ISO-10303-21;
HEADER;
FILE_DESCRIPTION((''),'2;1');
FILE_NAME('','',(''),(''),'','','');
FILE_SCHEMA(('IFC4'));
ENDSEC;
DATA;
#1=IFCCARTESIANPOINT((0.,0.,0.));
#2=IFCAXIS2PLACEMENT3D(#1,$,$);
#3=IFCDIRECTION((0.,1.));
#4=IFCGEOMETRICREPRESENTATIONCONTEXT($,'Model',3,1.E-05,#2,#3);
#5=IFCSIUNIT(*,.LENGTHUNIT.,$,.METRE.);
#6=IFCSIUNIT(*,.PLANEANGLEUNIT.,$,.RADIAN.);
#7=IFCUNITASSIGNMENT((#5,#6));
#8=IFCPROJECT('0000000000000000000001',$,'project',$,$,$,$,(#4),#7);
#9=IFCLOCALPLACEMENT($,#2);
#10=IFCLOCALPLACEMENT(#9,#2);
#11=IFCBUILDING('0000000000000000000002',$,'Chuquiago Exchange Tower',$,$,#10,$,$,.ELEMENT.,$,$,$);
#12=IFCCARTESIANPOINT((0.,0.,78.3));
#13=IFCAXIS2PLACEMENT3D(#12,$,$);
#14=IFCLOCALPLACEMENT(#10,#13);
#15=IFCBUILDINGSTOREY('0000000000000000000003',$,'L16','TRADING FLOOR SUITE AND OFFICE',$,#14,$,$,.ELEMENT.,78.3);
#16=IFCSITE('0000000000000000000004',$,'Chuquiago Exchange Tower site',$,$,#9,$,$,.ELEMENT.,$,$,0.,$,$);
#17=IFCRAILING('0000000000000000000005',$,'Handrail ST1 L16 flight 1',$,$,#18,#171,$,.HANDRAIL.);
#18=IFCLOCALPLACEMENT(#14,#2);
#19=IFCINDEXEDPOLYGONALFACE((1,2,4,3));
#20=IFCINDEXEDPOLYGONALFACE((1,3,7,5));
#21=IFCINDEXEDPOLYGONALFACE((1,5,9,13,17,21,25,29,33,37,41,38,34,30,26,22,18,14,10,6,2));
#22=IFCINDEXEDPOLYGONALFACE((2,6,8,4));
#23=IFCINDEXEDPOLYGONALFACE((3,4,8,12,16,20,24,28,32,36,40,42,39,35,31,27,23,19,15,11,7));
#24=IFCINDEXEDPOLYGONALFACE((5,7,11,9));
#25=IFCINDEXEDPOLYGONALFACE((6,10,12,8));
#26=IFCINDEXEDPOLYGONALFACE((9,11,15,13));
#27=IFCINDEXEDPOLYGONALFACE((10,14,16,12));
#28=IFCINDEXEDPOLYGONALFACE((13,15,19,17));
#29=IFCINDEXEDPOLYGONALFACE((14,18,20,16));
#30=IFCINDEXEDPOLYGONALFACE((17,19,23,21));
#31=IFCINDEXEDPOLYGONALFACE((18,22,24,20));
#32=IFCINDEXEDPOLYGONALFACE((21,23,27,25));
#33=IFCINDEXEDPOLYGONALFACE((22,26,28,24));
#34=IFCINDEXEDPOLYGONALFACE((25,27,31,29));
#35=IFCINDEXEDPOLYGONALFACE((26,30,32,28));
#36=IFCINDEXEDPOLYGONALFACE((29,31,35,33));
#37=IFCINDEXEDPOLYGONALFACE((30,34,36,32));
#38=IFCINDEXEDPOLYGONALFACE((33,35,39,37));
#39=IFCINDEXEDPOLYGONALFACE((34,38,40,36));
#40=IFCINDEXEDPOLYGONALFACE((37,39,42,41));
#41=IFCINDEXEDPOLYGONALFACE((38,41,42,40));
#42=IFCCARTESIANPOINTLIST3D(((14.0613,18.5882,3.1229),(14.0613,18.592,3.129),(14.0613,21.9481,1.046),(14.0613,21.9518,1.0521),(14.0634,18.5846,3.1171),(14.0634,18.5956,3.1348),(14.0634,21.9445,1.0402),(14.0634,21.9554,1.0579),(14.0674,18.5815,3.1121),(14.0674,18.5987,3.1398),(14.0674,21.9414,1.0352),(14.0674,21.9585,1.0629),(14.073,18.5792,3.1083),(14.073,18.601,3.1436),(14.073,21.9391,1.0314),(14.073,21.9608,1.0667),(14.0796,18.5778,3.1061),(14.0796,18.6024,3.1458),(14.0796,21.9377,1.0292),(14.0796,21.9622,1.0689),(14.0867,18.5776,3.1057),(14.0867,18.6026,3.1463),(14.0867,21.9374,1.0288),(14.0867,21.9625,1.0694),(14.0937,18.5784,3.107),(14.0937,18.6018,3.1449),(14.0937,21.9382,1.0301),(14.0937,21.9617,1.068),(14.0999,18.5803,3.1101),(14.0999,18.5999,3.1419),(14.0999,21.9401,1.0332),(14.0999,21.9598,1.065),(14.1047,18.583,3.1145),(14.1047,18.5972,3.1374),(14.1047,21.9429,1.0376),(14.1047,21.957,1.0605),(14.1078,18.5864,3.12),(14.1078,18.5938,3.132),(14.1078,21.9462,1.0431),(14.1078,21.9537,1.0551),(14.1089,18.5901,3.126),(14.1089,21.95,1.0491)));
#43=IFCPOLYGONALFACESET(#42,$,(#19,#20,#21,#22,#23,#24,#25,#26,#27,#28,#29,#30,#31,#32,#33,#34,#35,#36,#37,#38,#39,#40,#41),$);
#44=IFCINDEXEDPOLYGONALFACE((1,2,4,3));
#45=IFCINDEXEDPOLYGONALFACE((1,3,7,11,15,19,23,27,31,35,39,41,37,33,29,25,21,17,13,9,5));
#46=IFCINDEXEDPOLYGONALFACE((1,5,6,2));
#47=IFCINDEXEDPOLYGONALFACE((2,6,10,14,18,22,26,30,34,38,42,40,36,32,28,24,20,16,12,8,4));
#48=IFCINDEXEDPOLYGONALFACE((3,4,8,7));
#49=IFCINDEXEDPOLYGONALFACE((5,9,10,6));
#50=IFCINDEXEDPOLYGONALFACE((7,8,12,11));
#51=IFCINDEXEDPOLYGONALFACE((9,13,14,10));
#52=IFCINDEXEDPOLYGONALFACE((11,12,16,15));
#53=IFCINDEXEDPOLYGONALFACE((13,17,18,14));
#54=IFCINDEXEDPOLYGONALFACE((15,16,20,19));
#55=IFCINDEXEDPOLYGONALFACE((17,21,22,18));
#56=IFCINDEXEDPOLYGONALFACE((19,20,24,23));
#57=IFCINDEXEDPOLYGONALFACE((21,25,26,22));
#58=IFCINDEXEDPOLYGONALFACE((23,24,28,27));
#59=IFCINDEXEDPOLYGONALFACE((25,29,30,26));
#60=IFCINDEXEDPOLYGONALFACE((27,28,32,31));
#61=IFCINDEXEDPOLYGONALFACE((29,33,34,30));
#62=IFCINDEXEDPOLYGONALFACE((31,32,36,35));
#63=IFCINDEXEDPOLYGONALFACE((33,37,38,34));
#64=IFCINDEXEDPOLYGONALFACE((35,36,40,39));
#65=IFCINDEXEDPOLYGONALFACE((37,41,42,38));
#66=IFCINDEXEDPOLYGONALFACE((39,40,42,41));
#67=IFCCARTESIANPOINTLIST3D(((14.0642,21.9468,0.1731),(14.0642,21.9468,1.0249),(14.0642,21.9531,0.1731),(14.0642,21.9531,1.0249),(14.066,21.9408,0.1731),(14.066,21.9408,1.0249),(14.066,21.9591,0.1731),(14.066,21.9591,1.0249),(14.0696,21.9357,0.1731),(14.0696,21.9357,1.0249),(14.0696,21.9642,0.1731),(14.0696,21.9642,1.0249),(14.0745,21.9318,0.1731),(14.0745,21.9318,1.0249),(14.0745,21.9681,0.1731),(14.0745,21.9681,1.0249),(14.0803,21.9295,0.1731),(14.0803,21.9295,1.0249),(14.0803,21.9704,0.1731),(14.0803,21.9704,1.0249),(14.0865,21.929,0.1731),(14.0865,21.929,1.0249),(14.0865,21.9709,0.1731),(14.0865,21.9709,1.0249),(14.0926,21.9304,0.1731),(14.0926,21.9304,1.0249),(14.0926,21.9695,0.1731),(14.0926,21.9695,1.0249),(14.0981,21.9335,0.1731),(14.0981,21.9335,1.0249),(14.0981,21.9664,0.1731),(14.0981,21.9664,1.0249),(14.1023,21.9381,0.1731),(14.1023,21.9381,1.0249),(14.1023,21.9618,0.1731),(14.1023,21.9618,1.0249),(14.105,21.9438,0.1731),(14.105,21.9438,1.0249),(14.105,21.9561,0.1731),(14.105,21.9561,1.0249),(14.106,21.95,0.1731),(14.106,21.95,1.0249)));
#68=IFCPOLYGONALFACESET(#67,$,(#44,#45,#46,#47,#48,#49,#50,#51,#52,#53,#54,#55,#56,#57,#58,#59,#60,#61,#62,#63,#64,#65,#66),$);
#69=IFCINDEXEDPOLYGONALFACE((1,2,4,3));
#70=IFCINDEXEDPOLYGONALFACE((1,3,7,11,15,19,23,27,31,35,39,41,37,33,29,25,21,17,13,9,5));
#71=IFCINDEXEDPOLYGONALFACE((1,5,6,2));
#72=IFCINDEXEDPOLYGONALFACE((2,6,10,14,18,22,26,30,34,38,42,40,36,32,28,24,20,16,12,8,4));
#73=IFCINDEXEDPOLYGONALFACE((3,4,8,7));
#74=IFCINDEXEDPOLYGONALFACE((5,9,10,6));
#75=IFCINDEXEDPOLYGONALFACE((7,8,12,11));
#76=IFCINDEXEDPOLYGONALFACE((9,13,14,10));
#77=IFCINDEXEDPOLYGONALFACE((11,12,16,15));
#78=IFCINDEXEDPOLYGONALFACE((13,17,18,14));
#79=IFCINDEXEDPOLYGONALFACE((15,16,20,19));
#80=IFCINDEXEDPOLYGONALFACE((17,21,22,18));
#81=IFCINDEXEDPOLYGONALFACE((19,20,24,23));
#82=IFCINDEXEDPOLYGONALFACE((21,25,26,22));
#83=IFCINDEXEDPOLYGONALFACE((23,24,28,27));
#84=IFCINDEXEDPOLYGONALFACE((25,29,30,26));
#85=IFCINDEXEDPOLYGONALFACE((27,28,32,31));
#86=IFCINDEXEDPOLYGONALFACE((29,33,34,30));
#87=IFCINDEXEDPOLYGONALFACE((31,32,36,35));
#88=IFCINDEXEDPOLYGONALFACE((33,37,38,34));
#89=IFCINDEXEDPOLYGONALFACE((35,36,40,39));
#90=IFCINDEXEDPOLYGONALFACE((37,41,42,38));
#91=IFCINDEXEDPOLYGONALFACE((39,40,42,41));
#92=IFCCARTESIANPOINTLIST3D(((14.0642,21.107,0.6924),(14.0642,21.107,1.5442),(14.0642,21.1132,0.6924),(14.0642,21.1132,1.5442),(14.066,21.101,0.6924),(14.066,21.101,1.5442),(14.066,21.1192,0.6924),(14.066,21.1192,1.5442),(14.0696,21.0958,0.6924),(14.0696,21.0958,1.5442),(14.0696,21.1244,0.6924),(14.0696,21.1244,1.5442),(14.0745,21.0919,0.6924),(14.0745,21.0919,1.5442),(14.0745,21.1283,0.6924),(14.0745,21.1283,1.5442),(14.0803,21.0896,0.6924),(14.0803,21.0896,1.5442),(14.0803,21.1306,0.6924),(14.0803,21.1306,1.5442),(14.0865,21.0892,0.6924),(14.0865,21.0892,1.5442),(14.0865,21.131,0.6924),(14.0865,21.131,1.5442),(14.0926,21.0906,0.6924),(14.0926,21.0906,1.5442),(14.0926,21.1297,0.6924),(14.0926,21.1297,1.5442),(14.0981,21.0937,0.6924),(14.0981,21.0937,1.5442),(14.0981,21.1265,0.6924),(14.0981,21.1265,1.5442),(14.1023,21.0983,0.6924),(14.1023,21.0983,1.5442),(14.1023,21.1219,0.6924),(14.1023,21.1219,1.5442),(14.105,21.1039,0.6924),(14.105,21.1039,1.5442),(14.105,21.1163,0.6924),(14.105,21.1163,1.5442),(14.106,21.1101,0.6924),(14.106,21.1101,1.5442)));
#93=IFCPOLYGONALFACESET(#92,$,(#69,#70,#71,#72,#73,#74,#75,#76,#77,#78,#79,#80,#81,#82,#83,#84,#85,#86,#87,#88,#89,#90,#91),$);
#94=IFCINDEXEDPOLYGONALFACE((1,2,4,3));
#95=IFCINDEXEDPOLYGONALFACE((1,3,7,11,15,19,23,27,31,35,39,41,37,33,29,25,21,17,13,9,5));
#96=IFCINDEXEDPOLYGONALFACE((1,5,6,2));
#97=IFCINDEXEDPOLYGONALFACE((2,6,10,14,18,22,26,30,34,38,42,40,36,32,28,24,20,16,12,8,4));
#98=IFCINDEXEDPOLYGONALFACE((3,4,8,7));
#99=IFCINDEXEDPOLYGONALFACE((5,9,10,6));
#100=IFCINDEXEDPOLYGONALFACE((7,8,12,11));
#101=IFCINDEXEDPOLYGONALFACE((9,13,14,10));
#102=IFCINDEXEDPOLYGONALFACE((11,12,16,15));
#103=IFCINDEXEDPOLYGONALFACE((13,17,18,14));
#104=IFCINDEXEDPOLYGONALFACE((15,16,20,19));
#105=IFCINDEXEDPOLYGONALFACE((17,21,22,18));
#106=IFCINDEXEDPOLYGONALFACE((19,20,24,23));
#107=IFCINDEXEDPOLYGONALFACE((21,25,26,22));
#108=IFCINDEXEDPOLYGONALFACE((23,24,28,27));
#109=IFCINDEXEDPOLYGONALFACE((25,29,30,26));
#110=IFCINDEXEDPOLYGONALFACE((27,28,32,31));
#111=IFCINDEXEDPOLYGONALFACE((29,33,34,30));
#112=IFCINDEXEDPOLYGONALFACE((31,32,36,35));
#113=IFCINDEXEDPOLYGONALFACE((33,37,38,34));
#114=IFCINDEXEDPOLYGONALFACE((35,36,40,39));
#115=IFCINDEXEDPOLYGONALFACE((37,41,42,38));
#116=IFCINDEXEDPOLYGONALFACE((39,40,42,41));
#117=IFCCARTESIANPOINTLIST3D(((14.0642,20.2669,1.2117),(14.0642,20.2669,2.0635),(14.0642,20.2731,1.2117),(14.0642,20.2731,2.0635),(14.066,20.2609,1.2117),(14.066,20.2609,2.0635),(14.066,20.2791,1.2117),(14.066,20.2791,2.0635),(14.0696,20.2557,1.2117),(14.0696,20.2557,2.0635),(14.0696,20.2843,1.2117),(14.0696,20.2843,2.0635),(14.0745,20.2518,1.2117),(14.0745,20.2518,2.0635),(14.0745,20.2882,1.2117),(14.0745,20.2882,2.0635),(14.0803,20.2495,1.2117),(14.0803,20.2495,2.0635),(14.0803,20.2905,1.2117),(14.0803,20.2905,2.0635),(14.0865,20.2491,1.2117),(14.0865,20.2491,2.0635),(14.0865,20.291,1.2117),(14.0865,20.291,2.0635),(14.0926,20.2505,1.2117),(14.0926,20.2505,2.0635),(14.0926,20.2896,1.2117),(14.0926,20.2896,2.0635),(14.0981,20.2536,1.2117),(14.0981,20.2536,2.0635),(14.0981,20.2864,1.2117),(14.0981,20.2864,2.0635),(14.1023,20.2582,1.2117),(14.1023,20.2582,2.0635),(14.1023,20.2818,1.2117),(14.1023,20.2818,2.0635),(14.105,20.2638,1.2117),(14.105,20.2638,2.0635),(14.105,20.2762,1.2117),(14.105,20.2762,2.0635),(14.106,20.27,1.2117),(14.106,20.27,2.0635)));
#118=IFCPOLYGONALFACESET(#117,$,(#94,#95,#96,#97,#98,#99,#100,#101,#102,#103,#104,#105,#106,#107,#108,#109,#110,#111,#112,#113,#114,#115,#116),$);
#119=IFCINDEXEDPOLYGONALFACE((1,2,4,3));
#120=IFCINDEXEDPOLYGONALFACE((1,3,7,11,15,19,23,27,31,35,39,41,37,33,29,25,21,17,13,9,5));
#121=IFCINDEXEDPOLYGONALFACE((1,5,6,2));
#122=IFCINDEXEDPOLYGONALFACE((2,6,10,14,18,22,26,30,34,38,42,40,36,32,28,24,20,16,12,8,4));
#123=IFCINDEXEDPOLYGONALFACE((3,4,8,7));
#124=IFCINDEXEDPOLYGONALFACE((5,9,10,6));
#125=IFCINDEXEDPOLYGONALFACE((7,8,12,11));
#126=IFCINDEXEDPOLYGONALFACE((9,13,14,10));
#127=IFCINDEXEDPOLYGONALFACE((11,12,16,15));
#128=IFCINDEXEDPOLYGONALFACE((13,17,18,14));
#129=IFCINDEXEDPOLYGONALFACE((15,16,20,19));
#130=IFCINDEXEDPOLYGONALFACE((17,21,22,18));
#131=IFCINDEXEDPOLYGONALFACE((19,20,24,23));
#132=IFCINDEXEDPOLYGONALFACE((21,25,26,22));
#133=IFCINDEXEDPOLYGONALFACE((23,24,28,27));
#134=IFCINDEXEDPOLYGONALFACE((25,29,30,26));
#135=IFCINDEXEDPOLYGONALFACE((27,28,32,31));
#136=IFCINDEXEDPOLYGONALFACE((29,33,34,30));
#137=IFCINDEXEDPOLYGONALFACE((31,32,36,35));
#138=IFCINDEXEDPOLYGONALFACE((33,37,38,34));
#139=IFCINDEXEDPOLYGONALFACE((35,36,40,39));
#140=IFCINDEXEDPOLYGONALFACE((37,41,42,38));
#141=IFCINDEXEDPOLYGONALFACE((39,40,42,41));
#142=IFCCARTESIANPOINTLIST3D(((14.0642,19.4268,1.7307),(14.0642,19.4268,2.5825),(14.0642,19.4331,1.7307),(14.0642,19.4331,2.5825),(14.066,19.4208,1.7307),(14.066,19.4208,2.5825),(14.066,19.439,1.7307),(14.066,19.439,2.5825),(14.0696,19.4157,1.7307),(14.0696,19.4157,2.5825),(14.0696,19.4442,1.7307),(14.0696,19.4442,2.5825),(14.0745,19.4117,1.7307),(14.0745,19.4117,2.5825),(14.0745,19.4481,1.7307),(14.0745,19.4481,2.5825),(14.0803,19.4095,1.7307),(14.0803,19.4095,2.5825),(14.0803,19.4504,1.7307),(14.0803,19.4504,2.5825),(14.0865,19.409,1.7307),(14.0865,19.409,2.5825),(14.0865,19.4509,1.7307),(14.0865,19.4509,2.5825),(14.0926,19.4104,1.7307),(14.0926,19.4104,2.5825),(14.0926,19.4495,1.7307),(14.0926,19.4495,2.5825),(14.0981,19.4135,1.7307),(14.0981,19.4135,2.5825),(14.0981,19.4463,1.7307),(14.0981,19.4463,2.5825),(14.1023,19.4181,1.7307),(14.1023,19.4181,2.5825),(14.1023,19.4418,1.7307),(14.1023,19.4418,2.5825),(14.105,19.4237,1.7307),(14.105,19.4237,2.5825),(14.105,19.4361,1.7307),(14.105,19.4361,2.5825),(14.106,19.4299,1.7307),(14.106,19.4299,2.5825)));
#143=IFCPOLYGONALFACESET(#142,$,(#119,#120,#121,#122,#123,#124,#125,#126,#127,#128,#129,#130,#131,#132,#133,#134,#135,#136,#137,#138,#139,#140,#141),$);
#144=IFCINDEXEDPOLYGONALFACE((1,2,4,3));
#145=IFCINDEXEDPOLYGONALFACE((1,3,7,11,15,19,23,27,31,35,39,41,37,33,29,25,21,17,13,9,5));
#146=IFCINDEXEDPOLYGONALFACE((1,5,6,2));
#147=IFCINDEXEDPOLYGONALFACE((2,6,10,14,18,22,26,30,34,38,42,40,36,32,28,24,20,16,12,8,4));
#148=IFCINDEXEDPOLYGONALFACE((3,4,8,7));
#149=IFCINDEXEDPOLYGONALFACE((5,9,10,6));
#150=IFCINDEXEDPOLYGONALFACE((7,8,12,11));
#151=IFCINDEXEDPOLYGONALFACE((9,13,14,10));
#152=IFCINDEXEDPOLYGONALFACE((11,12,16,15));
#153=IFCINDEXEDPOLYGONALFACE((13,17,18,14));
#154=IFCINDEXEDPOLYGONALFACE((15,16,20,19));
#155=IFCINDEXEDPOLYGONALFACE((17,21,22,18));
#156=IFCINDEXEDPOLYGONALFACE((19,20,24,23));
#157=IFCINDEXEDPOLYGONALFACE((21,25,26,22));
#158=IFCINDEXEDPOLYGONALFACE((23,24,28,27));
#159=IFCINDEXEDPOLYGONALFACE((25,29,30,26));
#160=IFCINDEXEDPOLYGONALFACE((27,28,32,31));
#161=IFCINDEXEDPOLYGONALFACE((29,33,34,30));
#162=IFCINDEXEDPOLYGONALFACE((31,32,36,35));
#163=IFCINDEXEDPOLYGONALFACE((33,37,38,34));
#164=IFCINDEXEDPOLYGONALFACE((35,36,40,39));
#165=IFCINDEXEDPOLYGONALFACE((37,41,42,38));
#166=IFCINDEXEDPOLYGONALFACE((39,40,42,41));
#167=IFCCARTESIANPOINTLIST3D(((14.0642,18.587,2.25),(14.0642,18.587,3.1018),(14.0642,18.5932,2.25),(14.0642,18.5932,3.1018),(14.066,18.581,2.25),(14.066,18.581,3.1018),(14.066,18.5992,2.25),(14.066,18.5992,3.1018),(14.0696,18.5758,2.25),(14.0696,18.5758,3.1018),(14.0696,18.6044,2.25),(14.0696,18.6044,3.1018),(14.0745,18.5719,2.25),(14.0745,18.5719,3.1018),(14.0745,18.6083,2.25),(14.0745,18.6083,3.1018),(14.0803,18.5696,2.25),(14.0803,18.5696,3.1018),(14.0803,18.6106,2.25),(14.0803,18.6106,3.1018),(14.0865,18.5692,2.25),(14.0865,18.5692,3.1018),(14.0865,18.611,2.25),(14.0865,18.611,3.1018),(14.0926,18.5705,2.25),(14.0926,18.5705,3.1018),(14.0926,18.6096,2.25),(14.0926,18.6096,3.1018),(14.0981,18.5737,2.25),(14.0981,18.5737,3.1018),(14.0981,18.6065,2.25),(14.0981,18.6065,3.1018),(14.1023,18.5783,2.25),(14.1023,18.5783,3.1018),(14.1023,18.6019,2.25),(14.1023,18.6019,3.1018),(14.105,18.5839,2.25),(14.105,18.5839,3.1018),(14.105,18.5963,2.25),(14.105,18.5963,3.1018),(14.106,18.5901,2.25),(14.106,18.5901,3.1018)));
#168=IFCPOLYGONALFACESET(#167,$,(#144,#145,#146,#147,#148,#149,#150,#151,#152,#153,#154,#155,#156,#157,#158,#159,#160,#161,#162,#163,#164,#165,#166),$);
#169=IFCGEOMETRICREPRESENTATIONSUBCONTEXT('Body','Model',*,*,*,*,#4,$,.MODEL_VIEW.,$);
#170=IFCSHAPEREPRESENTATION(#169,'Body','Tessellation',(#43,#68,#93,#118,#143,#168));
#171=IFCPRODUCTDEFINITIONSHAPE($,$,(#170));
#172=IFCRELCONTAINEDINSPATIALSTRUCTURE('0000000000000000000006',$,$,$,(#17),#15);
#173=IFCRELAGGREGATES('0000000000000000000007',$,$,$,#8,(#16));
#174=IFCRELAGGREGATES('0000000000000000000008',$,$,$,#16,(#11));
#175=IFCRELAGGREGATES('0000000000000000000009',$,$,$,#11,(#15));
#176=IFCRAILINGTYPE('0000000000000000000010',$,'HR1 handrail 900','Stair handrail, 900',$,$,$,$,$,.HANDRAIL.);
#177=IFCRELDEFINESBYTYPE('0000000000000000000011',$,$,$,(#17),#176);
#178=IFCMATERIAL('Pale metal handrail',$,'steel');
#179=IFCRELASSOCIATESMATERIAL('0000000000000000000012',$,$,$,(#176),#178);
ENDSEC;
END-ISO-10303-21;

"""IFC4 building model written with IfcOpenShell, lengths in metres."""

from ifc_helpers import new_model, si_unit, direction, frame, origin, origin_2d, place, context, subcontext, project, spatial, circle, extrude, material, type_object, element, save


model = new_model("IFC4")

# Units and contexts
model_context = context("Model", 3, precision=1e-05, world=origin(), true_north=direction((0.0, 1.0)))
body_context = subcontext(model_context, "Body", "Model", "MODEL_VIEW")
ifc_project = project(units=[si_unit("LENGTHUNIT", "METRE"), si_unit("PLANEANGLEUNIT", "RADIAN")], contexts=[model_context])

# Site, building, storey
site_placement = place(None, origin())
site = spatial("IfcSite", under=ifc_project, at=site_placement, Name="Chuquiago Exchange Tower site", CompositionType="ELEMENT", RefElevation=0.0)
building_placement = place(site_placement, origin())
building = spatial("IfcBuilding", under=site, at=building_placement, Name="Chuquiago Exchange Tower", CompositionType="ELEMENT")
storey_placement = place(building_placement, frame((0.0, 0.0, 78.3)))
storey = spatial("IfcBuildingStorey", under=building, at=storey_placement, Name="L16", Description="TRADING FLOOR SUITE AND OFFICE", CompositionType="ELEMENT", Elevation=78.3)

# Railing
ifc_material_1 = material(Name="Pale metal handrail", Category="steel")
railing_type = type_object("IfcRailingType", Name="HR1 handrail 900", Description="Stair handrail, 900", PredefinedType="HANDRAIL", material=ifc_material_1)
for number, where, name in (
    (1, (14.085, 21.95, 0.1731), "Handrail ST1 L16 flight 1"),
):
    element("IfcRailing", number, at=place(storey_placement, frame(where)), inside=storey, type_object=railing_type, Name=name, PredefinedType="HANDRAIL", context=body_context, shape_type="SweptSolid", body=[
        extrude(circle(Radius=0.0239, at=origin_2d()), frame((0.0, 0.0, 0.876), z_axis=(0.0, -0.850606, 0.525803), x_axis=(1.0, 0.0, 0.0)), (0.0, 0.0, 1.0), 3.95),
        extrude(circle(Radius=0.021, at=origin_2d()), origin(), (0.0, 0.0, 1.0), 0.8518),
        extrude(circle(Radius=0.021, at=origin_2d()), frame((0.0, -0.8398, 0.5193)), (0.0, 0.0, 1.0), 0.8518),
        extrude(circle(Radius=0.021, at=origin_2d()), frame((0.0, -1.6799, 1.0386)), (0.0, 0.0, 1.0), 0.8518),
        extrude(circle(Radius=0.021, at=origin_2d()), frame((0.0, -2.52, 1.5576)), (0.0, 0.0, 1.0), 0.8518),
        extrude(circle(Radius=0.021, at=origin_2d()), frame((0.0, -3.3599, 2.0769)), (0.0, 0.0, 1.0), 0.8518),
    ])

save(model, "model.ifc")
